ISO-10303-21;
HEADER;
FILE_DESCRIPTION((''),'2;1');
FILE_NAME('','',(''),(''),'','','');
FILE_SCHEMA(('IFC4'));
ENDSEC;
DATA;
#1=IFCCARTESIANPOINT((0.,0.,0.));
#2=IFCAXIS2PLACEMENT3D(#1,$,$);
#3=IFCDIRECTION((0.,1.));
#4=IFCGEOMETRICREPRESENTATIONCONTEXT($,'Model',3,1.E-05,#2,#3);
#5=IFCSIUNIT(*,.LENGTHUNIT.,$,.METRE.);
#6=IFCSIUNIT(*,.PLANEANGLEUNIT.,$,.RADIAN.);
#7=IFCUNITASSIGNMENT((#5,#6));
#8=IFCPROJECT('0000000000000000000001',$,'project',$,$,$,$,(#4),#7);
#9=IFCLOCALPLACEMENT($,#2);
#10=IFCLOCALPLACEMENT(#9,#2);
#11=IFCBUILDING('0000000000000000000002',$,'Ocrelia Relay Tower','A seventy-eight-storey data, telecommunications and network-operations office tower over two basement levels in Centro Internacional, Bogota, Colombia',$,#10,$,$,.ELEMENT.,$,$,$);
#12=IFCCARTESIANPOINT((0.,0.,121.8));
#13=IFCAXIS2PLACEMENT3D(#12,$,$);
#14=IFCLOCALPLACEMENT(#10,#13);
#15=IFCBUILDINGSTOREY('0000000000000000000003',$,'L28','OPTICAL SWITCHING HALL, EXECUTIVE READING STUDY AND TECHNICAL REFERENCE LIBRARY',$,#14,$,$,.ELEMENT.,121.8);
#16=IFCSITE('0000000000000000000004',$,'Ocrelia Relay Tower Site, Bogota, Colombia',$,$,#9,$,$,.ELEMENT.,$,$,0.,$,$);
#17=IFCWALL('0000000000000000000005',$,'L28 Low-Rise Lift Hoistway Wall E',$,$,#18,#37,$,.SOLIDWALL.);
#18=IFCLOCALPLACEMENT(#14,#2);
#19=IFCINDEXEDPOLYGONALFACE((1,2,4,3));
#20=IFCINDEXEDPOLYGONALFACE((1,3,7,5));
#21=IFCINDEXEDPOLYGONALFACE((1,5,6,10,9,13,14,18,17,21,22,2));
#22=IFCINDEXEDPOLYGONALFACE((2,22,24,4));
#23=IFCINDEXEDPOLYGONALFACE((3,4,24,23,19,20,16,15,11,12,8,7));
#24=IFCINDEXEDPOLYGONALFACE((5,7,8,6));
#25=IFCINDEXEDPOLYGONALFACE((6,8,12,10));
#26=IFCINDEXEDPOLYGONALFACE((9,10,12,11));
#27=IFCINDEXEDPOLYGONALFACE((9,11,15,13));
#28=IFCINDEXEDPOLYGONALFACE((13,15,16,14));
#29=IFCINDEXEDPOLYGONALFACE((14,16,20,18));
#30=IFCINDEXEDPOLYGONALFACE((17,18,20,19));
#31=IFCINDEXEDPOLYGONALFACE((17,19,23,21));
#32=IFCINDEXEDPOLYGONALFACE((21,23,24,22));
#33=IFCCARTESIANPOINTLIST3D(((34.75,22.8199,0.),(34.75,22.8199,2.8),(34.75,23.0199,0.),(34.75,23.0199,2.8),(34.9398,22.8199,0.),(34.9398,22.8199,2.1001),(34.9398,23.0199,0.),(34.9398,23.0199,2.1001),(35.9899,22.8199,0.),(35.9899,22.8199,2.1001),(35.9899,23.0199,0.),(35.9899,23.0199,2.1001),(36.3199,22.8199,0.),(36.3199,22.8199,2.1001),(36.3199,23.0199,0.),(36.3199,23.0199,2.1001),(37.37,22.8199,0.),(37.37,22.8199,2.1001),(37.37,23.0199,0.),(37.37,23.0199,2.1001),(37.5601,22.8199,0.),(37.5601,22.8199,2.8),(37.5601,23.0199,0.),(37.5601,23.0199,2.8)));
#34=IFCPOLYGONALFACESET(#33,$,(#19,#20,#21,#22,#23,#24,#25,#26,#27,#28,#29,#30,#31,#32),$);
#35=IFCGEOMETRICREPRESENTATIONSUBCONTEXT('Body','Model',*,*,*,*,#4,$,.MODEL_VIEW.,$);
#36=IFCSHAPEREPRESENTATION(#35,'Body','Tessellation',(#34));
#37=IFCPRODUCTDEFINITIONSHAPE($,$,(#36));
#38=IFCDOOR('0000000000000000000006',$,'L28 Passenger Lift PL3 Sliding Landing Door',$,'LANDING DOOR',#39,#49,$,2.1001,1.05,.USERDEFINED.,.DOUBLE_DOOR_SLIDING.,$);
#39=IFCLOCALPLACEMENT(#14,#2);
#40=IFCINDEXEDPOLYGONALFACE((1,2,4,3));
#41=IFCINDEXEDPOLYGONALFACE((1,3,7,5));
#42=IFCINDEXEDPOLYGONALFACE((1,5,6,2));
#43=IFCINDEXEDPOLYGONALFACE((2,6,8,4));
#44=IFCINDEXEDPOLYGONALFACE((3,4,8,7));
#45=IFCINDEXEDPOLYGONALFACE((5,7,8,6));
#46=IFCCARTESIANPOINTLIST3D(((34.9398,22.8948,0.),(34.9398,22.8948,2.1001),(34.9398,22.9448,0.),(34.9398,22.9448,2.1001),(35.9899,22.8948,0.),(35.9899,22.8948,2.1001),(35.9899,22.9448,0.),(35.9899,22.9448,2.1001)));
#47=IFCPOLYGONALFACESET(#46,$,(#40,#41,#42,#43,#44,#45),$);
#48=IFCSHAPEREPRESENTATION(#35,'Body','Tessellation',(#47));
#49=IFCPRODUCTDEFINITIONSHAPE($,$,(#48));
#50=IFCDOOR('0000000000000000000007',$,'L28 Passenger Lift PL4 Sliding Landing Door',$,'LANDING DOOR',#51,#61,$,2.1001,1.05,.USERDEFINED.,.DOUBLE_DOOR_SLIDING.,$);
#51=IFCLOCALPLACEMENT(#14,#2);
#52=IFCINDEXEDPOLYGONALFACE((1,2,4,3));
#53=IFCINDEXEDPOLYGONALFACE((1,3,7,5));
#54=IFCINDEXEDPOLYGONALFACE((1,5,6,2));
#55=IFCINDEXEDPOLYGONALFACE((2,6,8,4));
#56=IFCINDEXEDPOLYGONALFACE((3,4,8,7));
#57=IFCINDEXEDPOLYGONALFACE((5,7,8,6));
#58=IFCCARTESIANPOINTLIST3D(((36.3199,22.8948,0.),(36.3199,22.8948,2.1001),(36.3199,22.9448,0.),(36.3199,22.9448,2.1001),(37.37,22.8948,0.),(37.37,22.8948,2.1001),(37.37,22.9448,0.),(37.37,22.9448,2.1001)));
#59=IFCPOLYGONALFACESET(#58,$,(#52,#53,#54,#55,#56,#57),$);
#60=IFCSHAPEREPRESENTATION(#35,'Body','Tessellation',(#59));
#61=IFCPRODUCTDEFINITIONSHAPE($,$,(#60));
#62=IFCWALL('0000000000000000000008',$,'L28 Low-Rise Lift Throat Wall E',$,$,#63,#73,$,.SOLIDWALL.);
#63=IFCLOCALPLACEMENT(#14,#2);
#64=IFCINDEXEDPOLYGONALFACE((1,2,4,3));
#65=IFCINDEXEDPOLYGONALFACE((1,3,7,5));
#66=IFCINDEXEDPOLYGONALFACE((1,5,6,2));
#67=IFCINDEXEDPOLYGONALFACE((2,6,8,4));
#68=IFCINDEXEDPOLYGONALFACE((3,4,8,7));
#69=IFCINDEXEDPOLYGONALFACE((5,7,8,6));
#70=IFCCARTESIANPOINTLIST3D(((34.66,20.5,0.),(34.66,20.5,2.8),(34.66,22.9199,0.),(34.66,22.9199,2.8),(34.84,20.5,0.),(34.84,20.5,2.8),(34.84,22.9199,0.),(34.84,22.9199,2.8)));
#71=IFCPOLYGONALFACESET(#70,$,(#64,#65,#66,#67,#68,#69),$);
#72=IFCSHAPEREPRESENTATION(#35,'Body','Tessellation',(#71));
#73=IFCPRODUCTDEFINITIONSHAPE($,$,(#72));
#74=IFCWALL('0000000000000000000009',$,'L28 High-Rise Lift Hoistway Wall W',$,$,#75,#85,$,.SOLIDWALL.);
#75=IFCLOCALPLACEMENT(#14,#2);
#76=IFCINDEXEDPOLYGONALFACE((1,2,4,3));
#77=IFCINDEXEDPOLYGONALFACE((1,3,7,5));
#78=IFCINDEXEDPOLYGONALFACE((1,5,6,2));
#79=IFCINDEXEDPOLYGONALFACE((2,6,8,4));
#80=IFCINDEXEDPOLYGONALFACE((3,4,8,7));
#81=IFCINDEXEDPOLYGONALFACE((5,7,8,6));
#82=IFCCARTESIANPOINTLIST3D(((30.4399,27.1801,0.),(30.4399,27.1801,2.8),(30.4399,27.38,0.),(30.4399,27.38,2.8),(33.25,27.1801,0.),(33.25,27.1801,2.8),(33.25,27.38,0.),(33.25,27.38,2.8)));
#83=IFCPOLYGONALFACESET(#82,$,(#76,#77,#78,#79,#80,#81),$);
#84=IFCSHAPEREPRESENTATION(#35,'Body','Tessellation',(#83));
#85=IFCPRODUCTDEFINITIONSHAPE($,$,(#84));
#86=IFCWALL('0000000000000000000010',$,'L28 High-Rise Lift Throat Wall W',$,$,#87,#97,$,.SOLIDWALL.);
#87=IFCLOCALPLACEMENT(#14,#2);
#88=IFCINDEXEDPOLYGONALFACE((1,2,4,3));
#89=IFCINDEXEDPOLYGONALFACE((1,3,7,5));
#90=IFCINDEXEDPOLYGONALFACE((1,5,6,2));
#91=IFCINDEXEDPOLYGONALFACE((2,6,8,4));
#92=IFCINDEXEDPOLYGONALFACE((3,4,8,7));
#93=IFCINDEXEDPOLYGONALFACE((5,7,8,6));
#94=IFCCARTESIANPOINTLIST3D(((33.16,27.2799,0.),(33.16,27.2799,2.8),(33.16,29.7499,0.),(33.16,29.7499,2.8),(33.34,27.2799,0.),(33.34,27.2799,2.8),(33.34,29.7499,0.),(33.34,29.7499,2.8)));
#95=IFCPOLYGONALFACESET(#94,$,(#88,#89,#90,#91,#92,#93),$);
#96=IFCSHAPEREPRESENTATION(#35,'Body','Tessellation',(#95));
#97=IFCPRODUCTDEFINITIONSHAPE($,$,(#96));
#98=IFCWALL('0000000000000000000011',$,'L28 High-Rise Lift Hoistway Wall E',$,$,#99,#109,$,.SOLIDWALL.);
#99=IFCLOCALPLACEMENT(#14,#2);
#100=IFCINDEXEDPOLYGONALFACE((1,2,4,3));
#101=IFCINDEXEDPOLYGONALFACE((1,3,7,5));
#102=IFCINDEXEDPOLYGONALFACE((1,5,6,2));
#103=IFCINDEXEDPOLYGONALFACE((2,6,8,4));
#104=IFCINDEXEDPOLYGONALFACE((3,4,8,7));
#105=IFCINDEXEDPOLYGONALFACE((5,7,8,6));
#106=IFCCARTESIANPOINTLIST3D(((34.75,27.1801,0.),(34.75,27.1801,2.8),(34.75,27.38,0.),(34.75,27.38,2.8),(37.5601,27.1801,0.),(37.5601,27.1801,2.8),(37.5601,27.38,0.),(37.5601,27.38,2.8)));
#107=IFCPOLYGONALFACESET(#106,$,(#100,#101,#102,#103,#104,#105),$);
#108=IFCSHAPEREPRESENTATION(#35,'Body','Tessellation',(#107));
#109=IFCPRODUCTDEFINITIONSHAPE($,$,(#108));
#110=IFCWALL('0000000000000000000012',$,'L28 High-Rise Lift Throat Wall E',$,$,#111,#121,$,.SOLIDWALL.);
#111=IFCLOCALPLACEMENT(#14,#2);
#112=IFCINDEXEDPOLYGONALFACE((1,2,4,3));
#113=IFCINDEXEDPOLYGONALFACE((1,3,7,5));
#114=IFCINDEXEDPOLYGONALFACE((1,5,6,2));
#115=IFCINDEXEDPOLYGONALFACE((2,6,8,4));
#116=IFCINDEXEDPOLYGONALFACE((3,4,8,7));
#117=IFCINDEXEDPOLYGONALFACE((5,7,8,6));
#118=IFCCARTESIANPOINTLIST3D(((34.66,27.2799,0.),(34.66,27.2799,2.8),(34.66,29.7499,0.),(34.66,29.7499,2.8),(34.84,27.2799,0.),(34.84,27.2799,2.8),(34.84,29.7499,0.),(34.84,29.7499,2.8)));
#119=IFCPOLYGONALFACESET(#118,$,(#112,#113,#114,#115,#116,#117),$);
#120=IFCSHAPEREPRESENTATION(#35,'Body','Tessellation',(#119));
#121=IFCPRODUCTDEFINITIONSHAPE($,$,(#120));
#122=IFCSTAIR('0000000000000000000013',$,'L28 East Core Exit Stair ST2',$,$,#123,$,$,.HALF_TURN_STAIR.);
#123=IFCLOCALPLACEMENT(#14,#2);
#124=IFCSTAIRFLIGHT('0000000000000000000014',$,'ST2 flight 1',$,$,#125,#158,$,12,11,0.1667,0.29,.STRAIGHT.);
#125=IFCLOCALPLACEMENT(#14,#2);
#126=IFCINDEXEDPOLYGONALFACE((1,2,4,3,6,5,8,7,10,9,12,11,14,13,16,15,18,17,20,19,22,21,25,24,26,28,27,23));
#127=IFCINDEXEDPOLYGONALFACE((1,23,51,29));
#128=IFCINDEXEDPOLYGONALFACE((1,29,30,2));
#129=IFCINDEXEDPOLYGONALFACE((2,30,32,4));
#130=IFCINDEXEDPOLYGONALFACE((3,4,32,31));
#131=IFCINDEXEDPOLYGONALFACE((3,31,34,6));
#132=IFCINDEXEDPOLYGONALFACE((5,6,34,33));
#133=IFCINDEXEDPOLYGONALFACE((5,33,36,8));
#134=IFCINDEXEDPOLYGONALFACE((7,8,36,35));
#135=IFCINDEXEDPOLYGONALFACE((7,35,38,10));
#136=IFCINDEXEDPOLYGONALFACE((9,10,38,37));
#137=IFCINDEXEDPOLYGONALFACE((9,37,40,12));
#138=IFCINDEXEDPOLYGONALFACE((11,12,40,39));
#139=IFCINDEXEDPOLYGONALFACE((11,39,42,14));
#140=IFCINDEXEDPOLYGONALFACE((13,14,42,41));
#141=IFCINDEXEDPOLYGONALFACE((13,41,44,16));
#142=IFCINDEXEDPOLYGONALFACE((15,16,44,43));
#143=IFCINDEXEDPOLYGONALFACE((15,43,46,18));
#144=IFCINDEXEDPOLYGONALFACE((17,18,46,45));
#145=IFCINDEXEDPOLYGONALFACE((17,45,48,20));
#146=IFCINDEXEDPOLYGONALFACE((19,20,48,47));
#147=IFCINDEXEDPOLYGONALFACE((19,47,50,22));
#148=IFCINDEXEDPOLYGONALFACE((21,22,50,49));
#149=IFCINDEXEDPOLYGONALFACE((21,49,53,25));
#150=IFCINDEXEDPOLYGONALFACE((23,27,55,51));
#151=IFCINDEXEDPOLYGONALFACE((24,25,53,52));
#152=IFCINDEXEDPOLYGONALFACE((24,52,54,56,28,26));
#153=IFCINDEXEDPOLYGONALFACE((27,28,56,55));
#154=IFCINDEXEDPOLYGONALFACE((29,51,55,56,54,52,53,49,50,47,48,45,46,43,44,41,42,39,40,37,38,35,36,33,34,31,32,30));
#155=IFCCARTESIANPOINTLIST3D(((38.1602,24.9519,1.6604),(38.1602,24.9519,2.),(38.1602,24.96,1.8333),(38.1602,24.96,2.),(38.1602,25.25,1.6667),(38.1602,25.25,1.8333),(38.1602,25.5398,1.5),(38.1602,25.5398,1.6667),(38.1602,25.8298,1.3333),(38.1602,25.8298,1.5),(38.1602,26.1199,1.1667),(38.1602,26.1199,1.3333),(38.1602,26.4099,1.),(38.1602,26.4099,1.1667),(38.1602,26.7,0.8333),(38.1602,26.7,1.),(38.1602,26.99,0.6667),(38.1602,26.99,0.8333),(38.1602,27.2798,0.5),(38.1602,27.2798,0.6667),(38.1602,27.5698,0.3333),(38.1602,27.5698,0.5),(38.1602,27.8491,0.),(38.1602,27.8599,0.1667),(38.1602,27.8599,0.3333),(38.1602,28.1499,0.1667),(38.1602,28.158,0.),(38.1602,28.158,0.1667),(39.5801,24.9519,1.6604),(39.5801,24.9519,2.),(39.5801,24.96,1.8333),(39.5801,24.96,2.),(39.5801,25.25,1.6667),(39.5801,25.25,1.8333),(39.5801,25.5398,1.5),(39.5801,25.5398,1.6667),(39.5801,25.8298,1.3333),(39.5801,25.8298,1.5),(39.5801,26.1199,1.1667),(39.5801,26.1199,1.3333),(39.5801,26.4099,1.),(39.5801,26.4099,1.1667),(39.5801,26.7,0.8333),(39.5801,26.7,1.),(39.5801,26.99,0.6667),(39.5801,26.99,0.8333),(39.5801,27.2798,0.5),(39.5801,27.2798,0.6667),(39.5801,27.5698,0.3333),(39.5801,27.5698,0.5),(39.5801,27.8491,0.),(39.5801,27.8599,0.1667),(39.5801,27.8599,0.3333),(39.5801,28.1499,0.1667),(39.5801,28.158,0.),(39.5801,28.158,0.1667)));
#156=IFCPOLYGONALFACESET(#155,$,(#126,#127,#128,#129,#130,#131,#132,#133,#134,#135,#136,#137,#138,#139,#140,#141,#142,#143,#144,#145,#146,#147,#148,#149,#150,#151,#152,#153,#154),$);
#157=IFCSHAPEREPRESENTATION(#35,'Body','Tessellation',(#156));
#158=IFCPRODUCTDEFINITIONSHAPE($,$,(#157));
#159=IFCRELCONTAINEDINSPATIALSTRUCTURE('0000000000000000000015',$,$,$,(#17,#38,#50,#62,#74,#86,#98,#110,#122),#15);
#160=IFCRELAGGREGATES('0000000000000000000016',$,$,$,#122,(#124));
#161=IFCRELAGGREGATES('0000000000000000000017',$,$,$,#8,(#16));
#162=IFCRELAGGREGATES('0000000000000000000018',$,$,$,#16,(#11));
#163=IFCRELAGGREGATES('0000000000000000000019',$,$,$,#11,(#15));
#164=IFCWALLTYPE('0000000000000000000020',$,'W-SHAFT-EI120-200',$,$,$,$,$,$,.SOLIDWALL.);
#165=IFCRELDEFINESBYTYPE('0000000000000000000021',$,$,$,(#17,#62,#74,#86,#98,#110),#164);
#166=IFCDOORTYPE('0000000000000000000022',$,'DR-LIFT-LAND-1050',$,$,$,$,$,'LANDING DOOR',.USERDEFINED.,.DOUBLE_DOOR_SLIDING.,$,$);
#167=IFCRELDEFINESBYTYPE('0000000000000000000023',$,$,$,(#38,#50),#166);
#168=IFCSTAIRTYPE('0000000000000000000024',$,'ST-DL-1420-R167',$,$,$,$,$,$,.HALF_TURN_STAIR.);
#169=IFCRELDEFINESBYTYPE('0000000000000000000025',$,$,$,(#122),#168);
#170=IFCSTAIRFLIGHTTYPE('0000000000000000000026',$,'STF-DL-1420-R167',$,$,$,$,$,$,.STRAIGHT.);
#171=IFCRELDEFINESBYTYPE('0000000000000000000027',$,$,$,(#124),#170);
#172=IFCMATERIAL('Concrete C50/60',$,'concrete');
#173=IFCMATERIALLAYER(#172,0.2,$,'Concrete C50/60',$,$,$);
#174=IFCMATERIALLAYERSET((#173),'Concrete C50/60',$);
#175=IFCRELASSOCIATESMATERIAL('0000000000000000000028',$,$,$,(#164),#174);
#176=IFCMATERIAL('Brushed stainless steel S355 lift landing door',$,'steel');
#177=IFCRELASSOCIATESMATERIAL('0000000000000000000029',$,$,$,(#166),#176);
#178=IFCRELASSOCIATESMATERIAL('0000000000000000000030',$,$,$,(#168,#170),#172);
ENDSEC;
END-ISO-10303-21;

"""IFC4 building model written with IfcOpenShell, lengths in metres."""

from ifc_helpers import new_model, si_unit, direction, frame, frame_2d, origin, place, context, subcontext, project, spatial, polyline, rectangle, outline, extrude, material, layer, layer_set, type_object, element, fill, aggregate, save


model = new_model("IFC4")

# Units and contexts
model_context = context("Model", 3, precision=1e-05, world=origin(), true_north=direction((0.0, 1.0)))
body_context = subcontext(model_context, "Body", "Model", "MODEL_VIEW")
ifc_project = project(units=[si_unit("LENGTHUNIT", "METRE"), si_unit("PLANEANGLEUNIT", "RADIAN")], contexts=[model_context])

# Site, building, storey
site_placement = place(None, origin())
site = spatial("IfcSite", under=ifc_project, at=site_placement, Name="Ocrelia Relay Tower Site, Bogota, Colombia", CompositionType="ELEMENT", RefElevation=0.0)
building_placement = place(site_placement, origin())
building = spatial("IfcBuilding", under=site, at=building_placement, Name="Ocrelia Relay Tower", Description="A seventy-eight-storey data, telecommunications and network-operations office tower over two basement levels in Centro Internacional, Bogota, Colombia", CompositionType="ELEMENT")
storey_placement = place(building_placement, frame((0.0, 0.0, 121.8)))
storey = spatial("IfcBuildingStorey", under=building, at=storey_placement, Name="L28", Description="OPTICAL SWITCHING HALL, EXECUTIVE READING STUDY AND TECHNICAL REFERENCE LIBRARY", CompositionType="ELEMENT", Elevation=121.8)

# Shared definitions
ifc_material_1 = material(Name="Concrete C50/60", Category="concrete")
ifc_layer_1 = layer(ifc_material_1, 0.2, Name="Concrete C50/60")
ifc_layer_set_1 = layer_set([ifc_layer_1], Name="Concrete C50/60")
wall_type_1 = type_object("IfcWallType", Name="W-SHAFT-EI120-200", PredefinedType="SOLIDWALL", material=ifc_layer_set_1)
ifc_material_2 = material(Name="Brushed stainless steel S355 lift landing door", Category="steel")
door_type = type_object("IfcDoorType", Name="DR-LIFT-LAND-1050", ElementType="LANDING DOOR", OperationType="DOUBLE_DOOR_SLIDING", PredefinedType="USERDEFINED", material=ifc_material_2)

# Wall, openings, doors
wall_1_placement = place(storey_placement, frame((34.75, 22.9199, 0.0), z_axis=(0.0, 0.0, 1.0), x_axis=(1.0, 0.0, 0.0)))
wall_1 = element("IfcWall", 1, at=wall_1_placement, inside=storey, type_object=wall_type_1, Name="L28 Low-Rise Lift Hoistway Wall E", PredefinedType="SOLIDWALL", context=body_context, shape_type="SweptSolid", body=[
    extrude(rectangle(XDim=2.8101, YDim=0.2, at=frame_2d((1.405, 0.0))), origin(), (0.0, 0.0, 1.0), 2.8),
])
opening_1_placement = place(wall_1_placement, frame((0.1899, 0.0, 0.0)))
opening_1 = element("IfcOpeningElement", 2, at=opening_1_placement, cuts=wall_1, PredefinedType="OPENING", context=body_context, shape_type="SweptSolid", body=[
    extrude(rectangle(XDim=1.05, YDim=2.1001, at=frame_2d((0.5249, 1.05))), frame((0.0, 0.1099, 0.0), z_axis=(0.0, -1.0, 0.0), x_axis=(1.0, 0.0, 0.0)), (0.0, 0.0, 1.0), 0.22),
])
opening_2_placement = place(wall_1_placement, frame((1.5701, 0.0, 0.0)))
opening_2 = element("IfcOpeningElement", 3, at=opening_2_placement, cuts=wall_1, PredefinedType="OPENING", context=body_context, shape_type="SweptSolid", body=[
    extrude(rectangle(XDim=1.05, YDim=2.1001, at=frame_2d((0.5249, 1.05))), frame((0.0, 0.1099, 0.0), z_axis=(0.0, -1.0, 0.0), x_axis=(1.0, 0.0, 0.0)), (0.0, 0.0, 1.0), 0.22),
])
door_1_placement = place(opening_1_placement, origin())
door_1 = element("IfcDoor", 4, at=door_1_placement, inside=storey, type_object=door_type, Name="L28 Passenger Lift PL3 Sliding Landing Door", ObjectType="LANDING DOOR", OperationType="DOUBLE_DOOR_SLIDING", OverallHeight=2.1001, OverallWidth=1.05, PredefinedType="USERDEFINED", context=body_context, shape_type="SweptSolid", body=[
    extrude(rectangle(XDim=1.05, YDim=2.1001, at=frame_2d((0.5249, 1.05))), frame((0.0, 0.0249, 0.0), z_axis=(0.0, -1.0, 0.0), x_axis=(1.0, 0.0, 0.0)), (0.0, 0.0, 1.0), 0.05),
])
fill(opening_1, door_1)
door_2_placement = place(opening_2_placement, origin())
door_2 = element("IfcDoor", 5, at=door_2_placement, inside=storey, type_object=door_type, Name="L28 Passenger Lift PL4 Sliding Landing Door", ObjectType="LANDING DOOR", OperationType="DOUBLE_DOOR_SLIDING", OverallHeight=2.1001, OverallWidth=1.05, PredefinedType="USERDEFINED", context=body_context, shape_type="SweptSolid", body=[
    extrude(rectangle(XDim=1.05, YDim=2.1001, at=frame_2d((0.5249, 1.05))), frame((0.0, 0.0249, 0.0), z_axis=(0.0, -1.0, 0.0), x_axis=(1.0, 0.0, 0.0)), (0.0, 0.0, 1.0), 0.05),
])
fill(opening_2, door_2)

# Walls
wall_2_placement = place(storey_placement, frame((34.75, 20.5, 0.0), z_axis=(0.0, 0.0, 1.0), x_axis=(0.0, 1.0, 0.0)))
element("IfcWall", 6, at=wall_2_placement, inside=storey, type_object=wall_type_1, Name="L28 Low-Rise Lift Throat Wall E", PredefinedType="SOLIDWALL", context=body_context, shape_type="SweptSolid", body=[
    extrude(rectangle(XDim=2.4199, YDim=0.1799, at=frame_2d((1.21, 0.0))), origin(), (0.0, 0.0, 1.0), 2.8),
])
wall_3_placement = place(storey_placement, frame((30.4399, 27.28, 0.0), z_axis=(0.0, 0.0, 1.0), x_axis=(1.0, 0.0, 0.0)))
element("IfcWall", 7, at=wall_3_placement, inside=storey, type_object=wall_type_1, Name="L28 High-Rise Lift Hoistway Wall W", PredefinedType="SOLIDWALL", context=body_context, shape_type="SweptSolid", body=[
    extrude(rectangle(XDim=2.8101, YDim=0.2, at=frame_2d((1.405, 0.0))), origin(), (0.0, 0.0, 1.0), 2.8),
])
wall_4_placement = place(storey_placement, frame((33.25, 27.28, 0.0), z_axis=(0.0, 0.0, 1.0), x_axis=(0.0, 1.0, 0.0)))
element("IfcWall", 8, at=wall_4_placement, inside=storey, type_object=wall_type_1, Name="L28 High-Rise Lift Throat Wall W", PredefinedType="SOLIDWALL", context=body_context, shape_type="SweptSolid", body=[
    extrude(rectangle(XDim=2.47, YDim=0.1799, at=frame_2d((1.2349, 0.0))), origin(), (0.0, 0.0, 1.0), 2.8),
])
wall_5_placement = place(storey_placement, frame((34.75, 27.28, 0.0), z_axis=(0.0, 0.0, 1.0), x_axis=(1.0, 0.0, 0.0)))
element("IfcWall", 9, at=wall_5_placement, inside=storey, type_object=wall_type_1, Name="L28 High-Rise Lift Hoistway Wall E", PredefinedType="SOLIDWALL", context=body_context, shape_type="SweptSolid", body=[
    extrude(rectangle(XDim=2.8101, YDim=0.2, at=frame_2d((1.405, 0.0))), origin(), (0.0, 0.0, 1.0), 2.8),
])
wall_6_placement = place(storey_placement, frame((34.75, 27.28, 0.0), z_axis=(0.0, 0.0, 1.0), x_axis=(0.0, 1.0, 0.0)))
element("IfcWall", 10, at=wall_6_placement, inside=storey, type_object=wall_type_1, Name="L28 High-Rise Lift Throat Wall E", PredefinedType="SOLIDWALL", context=body_context, shape_type="SweptSolid", body=[
    extrude(rectangle(XDim=2.47, YDim=0.1799, at=frame_2d((1.2349, 0.0))), origin(), (0.0, 0.0, 1.0), 2.8),
])

# Stair, stair flight
stair_type = type_object("IfcStairType", Name="ST-DL-1420-R167", PredefinedType="HALF_TURN_STAIR", material=ifc_material_1)
stair_placement = place(storey_placement, origin())
stair = element("IfcStair", 11, at=stair_placement, inside=storey, type_object=stair_type, Name="L28 East Core Exit Stair ST2", PredefinedType="HALF_TURN_STAIR")
stair_flight_type = type_object("IfcStairFlightType", Name="STF-DL-1420-R167", PredefinedType="STRAIGHT", material=ifc_material_1)
stair_flight_1_placement = place(storey_placement, frame((38.8701, 28.1499, 0.0), z_axis=(0.0, 0.0, 1.0), x_axis=(0.0, -1.0, 0.0)))
stair_flight_1 = element("IfcStairFlight", 12, at=stair_flight_1_placement, type_object=stair_flight_type, Name="ST2 flight 1", NumberOfRisers=12, NumberOfTreads=11, PredefinedType="STRAIGHT", RiserHeight=0.1667, TreadLength=0.29, context=body_context, shape_type="SweptSolid", body=[
    extrude(outline(polyline([(-0.0081, 0.0), (-0.0081, 0.1667), (0.0, 0.1667), (0.29, 0.1667), (0.29, 0.3333), (0.5801, 0.3333), (0.5801, 0.5), (0.8701, 0.5), (0.8701, 0.6667), (1.1599, 0.6667), (1.1599, 0.8333), (1.45, 0.8333), (1.45, 1.0), (1.74, 1.0), (1.74, 1.1667), (2.03, 1.1667), (2.03, 1.3333), (2.3201, 1.3333), (2.3201, 1.5), (2.6101, 1.5), (2.6101, 1.6667), (2.8999, 1.6667), (2.8999, 1.8333), (3.1899, 1.8333), (3.1899, 2.0), (3.198, 2.0), (3.198, 1.6604), (0.3008, 0.0), (-0.0081, 0.0)])), frame((0.0, 0.71, 0.0), z_axis=(0.0, -1.0, 0.0), x_axis=(1.0, 0.0, 0.0)), (0.0, 0.0, 1.0), 1.4199),
])
aggregate(stair, [stair_flight_1])

save(model, "model.ifc")
